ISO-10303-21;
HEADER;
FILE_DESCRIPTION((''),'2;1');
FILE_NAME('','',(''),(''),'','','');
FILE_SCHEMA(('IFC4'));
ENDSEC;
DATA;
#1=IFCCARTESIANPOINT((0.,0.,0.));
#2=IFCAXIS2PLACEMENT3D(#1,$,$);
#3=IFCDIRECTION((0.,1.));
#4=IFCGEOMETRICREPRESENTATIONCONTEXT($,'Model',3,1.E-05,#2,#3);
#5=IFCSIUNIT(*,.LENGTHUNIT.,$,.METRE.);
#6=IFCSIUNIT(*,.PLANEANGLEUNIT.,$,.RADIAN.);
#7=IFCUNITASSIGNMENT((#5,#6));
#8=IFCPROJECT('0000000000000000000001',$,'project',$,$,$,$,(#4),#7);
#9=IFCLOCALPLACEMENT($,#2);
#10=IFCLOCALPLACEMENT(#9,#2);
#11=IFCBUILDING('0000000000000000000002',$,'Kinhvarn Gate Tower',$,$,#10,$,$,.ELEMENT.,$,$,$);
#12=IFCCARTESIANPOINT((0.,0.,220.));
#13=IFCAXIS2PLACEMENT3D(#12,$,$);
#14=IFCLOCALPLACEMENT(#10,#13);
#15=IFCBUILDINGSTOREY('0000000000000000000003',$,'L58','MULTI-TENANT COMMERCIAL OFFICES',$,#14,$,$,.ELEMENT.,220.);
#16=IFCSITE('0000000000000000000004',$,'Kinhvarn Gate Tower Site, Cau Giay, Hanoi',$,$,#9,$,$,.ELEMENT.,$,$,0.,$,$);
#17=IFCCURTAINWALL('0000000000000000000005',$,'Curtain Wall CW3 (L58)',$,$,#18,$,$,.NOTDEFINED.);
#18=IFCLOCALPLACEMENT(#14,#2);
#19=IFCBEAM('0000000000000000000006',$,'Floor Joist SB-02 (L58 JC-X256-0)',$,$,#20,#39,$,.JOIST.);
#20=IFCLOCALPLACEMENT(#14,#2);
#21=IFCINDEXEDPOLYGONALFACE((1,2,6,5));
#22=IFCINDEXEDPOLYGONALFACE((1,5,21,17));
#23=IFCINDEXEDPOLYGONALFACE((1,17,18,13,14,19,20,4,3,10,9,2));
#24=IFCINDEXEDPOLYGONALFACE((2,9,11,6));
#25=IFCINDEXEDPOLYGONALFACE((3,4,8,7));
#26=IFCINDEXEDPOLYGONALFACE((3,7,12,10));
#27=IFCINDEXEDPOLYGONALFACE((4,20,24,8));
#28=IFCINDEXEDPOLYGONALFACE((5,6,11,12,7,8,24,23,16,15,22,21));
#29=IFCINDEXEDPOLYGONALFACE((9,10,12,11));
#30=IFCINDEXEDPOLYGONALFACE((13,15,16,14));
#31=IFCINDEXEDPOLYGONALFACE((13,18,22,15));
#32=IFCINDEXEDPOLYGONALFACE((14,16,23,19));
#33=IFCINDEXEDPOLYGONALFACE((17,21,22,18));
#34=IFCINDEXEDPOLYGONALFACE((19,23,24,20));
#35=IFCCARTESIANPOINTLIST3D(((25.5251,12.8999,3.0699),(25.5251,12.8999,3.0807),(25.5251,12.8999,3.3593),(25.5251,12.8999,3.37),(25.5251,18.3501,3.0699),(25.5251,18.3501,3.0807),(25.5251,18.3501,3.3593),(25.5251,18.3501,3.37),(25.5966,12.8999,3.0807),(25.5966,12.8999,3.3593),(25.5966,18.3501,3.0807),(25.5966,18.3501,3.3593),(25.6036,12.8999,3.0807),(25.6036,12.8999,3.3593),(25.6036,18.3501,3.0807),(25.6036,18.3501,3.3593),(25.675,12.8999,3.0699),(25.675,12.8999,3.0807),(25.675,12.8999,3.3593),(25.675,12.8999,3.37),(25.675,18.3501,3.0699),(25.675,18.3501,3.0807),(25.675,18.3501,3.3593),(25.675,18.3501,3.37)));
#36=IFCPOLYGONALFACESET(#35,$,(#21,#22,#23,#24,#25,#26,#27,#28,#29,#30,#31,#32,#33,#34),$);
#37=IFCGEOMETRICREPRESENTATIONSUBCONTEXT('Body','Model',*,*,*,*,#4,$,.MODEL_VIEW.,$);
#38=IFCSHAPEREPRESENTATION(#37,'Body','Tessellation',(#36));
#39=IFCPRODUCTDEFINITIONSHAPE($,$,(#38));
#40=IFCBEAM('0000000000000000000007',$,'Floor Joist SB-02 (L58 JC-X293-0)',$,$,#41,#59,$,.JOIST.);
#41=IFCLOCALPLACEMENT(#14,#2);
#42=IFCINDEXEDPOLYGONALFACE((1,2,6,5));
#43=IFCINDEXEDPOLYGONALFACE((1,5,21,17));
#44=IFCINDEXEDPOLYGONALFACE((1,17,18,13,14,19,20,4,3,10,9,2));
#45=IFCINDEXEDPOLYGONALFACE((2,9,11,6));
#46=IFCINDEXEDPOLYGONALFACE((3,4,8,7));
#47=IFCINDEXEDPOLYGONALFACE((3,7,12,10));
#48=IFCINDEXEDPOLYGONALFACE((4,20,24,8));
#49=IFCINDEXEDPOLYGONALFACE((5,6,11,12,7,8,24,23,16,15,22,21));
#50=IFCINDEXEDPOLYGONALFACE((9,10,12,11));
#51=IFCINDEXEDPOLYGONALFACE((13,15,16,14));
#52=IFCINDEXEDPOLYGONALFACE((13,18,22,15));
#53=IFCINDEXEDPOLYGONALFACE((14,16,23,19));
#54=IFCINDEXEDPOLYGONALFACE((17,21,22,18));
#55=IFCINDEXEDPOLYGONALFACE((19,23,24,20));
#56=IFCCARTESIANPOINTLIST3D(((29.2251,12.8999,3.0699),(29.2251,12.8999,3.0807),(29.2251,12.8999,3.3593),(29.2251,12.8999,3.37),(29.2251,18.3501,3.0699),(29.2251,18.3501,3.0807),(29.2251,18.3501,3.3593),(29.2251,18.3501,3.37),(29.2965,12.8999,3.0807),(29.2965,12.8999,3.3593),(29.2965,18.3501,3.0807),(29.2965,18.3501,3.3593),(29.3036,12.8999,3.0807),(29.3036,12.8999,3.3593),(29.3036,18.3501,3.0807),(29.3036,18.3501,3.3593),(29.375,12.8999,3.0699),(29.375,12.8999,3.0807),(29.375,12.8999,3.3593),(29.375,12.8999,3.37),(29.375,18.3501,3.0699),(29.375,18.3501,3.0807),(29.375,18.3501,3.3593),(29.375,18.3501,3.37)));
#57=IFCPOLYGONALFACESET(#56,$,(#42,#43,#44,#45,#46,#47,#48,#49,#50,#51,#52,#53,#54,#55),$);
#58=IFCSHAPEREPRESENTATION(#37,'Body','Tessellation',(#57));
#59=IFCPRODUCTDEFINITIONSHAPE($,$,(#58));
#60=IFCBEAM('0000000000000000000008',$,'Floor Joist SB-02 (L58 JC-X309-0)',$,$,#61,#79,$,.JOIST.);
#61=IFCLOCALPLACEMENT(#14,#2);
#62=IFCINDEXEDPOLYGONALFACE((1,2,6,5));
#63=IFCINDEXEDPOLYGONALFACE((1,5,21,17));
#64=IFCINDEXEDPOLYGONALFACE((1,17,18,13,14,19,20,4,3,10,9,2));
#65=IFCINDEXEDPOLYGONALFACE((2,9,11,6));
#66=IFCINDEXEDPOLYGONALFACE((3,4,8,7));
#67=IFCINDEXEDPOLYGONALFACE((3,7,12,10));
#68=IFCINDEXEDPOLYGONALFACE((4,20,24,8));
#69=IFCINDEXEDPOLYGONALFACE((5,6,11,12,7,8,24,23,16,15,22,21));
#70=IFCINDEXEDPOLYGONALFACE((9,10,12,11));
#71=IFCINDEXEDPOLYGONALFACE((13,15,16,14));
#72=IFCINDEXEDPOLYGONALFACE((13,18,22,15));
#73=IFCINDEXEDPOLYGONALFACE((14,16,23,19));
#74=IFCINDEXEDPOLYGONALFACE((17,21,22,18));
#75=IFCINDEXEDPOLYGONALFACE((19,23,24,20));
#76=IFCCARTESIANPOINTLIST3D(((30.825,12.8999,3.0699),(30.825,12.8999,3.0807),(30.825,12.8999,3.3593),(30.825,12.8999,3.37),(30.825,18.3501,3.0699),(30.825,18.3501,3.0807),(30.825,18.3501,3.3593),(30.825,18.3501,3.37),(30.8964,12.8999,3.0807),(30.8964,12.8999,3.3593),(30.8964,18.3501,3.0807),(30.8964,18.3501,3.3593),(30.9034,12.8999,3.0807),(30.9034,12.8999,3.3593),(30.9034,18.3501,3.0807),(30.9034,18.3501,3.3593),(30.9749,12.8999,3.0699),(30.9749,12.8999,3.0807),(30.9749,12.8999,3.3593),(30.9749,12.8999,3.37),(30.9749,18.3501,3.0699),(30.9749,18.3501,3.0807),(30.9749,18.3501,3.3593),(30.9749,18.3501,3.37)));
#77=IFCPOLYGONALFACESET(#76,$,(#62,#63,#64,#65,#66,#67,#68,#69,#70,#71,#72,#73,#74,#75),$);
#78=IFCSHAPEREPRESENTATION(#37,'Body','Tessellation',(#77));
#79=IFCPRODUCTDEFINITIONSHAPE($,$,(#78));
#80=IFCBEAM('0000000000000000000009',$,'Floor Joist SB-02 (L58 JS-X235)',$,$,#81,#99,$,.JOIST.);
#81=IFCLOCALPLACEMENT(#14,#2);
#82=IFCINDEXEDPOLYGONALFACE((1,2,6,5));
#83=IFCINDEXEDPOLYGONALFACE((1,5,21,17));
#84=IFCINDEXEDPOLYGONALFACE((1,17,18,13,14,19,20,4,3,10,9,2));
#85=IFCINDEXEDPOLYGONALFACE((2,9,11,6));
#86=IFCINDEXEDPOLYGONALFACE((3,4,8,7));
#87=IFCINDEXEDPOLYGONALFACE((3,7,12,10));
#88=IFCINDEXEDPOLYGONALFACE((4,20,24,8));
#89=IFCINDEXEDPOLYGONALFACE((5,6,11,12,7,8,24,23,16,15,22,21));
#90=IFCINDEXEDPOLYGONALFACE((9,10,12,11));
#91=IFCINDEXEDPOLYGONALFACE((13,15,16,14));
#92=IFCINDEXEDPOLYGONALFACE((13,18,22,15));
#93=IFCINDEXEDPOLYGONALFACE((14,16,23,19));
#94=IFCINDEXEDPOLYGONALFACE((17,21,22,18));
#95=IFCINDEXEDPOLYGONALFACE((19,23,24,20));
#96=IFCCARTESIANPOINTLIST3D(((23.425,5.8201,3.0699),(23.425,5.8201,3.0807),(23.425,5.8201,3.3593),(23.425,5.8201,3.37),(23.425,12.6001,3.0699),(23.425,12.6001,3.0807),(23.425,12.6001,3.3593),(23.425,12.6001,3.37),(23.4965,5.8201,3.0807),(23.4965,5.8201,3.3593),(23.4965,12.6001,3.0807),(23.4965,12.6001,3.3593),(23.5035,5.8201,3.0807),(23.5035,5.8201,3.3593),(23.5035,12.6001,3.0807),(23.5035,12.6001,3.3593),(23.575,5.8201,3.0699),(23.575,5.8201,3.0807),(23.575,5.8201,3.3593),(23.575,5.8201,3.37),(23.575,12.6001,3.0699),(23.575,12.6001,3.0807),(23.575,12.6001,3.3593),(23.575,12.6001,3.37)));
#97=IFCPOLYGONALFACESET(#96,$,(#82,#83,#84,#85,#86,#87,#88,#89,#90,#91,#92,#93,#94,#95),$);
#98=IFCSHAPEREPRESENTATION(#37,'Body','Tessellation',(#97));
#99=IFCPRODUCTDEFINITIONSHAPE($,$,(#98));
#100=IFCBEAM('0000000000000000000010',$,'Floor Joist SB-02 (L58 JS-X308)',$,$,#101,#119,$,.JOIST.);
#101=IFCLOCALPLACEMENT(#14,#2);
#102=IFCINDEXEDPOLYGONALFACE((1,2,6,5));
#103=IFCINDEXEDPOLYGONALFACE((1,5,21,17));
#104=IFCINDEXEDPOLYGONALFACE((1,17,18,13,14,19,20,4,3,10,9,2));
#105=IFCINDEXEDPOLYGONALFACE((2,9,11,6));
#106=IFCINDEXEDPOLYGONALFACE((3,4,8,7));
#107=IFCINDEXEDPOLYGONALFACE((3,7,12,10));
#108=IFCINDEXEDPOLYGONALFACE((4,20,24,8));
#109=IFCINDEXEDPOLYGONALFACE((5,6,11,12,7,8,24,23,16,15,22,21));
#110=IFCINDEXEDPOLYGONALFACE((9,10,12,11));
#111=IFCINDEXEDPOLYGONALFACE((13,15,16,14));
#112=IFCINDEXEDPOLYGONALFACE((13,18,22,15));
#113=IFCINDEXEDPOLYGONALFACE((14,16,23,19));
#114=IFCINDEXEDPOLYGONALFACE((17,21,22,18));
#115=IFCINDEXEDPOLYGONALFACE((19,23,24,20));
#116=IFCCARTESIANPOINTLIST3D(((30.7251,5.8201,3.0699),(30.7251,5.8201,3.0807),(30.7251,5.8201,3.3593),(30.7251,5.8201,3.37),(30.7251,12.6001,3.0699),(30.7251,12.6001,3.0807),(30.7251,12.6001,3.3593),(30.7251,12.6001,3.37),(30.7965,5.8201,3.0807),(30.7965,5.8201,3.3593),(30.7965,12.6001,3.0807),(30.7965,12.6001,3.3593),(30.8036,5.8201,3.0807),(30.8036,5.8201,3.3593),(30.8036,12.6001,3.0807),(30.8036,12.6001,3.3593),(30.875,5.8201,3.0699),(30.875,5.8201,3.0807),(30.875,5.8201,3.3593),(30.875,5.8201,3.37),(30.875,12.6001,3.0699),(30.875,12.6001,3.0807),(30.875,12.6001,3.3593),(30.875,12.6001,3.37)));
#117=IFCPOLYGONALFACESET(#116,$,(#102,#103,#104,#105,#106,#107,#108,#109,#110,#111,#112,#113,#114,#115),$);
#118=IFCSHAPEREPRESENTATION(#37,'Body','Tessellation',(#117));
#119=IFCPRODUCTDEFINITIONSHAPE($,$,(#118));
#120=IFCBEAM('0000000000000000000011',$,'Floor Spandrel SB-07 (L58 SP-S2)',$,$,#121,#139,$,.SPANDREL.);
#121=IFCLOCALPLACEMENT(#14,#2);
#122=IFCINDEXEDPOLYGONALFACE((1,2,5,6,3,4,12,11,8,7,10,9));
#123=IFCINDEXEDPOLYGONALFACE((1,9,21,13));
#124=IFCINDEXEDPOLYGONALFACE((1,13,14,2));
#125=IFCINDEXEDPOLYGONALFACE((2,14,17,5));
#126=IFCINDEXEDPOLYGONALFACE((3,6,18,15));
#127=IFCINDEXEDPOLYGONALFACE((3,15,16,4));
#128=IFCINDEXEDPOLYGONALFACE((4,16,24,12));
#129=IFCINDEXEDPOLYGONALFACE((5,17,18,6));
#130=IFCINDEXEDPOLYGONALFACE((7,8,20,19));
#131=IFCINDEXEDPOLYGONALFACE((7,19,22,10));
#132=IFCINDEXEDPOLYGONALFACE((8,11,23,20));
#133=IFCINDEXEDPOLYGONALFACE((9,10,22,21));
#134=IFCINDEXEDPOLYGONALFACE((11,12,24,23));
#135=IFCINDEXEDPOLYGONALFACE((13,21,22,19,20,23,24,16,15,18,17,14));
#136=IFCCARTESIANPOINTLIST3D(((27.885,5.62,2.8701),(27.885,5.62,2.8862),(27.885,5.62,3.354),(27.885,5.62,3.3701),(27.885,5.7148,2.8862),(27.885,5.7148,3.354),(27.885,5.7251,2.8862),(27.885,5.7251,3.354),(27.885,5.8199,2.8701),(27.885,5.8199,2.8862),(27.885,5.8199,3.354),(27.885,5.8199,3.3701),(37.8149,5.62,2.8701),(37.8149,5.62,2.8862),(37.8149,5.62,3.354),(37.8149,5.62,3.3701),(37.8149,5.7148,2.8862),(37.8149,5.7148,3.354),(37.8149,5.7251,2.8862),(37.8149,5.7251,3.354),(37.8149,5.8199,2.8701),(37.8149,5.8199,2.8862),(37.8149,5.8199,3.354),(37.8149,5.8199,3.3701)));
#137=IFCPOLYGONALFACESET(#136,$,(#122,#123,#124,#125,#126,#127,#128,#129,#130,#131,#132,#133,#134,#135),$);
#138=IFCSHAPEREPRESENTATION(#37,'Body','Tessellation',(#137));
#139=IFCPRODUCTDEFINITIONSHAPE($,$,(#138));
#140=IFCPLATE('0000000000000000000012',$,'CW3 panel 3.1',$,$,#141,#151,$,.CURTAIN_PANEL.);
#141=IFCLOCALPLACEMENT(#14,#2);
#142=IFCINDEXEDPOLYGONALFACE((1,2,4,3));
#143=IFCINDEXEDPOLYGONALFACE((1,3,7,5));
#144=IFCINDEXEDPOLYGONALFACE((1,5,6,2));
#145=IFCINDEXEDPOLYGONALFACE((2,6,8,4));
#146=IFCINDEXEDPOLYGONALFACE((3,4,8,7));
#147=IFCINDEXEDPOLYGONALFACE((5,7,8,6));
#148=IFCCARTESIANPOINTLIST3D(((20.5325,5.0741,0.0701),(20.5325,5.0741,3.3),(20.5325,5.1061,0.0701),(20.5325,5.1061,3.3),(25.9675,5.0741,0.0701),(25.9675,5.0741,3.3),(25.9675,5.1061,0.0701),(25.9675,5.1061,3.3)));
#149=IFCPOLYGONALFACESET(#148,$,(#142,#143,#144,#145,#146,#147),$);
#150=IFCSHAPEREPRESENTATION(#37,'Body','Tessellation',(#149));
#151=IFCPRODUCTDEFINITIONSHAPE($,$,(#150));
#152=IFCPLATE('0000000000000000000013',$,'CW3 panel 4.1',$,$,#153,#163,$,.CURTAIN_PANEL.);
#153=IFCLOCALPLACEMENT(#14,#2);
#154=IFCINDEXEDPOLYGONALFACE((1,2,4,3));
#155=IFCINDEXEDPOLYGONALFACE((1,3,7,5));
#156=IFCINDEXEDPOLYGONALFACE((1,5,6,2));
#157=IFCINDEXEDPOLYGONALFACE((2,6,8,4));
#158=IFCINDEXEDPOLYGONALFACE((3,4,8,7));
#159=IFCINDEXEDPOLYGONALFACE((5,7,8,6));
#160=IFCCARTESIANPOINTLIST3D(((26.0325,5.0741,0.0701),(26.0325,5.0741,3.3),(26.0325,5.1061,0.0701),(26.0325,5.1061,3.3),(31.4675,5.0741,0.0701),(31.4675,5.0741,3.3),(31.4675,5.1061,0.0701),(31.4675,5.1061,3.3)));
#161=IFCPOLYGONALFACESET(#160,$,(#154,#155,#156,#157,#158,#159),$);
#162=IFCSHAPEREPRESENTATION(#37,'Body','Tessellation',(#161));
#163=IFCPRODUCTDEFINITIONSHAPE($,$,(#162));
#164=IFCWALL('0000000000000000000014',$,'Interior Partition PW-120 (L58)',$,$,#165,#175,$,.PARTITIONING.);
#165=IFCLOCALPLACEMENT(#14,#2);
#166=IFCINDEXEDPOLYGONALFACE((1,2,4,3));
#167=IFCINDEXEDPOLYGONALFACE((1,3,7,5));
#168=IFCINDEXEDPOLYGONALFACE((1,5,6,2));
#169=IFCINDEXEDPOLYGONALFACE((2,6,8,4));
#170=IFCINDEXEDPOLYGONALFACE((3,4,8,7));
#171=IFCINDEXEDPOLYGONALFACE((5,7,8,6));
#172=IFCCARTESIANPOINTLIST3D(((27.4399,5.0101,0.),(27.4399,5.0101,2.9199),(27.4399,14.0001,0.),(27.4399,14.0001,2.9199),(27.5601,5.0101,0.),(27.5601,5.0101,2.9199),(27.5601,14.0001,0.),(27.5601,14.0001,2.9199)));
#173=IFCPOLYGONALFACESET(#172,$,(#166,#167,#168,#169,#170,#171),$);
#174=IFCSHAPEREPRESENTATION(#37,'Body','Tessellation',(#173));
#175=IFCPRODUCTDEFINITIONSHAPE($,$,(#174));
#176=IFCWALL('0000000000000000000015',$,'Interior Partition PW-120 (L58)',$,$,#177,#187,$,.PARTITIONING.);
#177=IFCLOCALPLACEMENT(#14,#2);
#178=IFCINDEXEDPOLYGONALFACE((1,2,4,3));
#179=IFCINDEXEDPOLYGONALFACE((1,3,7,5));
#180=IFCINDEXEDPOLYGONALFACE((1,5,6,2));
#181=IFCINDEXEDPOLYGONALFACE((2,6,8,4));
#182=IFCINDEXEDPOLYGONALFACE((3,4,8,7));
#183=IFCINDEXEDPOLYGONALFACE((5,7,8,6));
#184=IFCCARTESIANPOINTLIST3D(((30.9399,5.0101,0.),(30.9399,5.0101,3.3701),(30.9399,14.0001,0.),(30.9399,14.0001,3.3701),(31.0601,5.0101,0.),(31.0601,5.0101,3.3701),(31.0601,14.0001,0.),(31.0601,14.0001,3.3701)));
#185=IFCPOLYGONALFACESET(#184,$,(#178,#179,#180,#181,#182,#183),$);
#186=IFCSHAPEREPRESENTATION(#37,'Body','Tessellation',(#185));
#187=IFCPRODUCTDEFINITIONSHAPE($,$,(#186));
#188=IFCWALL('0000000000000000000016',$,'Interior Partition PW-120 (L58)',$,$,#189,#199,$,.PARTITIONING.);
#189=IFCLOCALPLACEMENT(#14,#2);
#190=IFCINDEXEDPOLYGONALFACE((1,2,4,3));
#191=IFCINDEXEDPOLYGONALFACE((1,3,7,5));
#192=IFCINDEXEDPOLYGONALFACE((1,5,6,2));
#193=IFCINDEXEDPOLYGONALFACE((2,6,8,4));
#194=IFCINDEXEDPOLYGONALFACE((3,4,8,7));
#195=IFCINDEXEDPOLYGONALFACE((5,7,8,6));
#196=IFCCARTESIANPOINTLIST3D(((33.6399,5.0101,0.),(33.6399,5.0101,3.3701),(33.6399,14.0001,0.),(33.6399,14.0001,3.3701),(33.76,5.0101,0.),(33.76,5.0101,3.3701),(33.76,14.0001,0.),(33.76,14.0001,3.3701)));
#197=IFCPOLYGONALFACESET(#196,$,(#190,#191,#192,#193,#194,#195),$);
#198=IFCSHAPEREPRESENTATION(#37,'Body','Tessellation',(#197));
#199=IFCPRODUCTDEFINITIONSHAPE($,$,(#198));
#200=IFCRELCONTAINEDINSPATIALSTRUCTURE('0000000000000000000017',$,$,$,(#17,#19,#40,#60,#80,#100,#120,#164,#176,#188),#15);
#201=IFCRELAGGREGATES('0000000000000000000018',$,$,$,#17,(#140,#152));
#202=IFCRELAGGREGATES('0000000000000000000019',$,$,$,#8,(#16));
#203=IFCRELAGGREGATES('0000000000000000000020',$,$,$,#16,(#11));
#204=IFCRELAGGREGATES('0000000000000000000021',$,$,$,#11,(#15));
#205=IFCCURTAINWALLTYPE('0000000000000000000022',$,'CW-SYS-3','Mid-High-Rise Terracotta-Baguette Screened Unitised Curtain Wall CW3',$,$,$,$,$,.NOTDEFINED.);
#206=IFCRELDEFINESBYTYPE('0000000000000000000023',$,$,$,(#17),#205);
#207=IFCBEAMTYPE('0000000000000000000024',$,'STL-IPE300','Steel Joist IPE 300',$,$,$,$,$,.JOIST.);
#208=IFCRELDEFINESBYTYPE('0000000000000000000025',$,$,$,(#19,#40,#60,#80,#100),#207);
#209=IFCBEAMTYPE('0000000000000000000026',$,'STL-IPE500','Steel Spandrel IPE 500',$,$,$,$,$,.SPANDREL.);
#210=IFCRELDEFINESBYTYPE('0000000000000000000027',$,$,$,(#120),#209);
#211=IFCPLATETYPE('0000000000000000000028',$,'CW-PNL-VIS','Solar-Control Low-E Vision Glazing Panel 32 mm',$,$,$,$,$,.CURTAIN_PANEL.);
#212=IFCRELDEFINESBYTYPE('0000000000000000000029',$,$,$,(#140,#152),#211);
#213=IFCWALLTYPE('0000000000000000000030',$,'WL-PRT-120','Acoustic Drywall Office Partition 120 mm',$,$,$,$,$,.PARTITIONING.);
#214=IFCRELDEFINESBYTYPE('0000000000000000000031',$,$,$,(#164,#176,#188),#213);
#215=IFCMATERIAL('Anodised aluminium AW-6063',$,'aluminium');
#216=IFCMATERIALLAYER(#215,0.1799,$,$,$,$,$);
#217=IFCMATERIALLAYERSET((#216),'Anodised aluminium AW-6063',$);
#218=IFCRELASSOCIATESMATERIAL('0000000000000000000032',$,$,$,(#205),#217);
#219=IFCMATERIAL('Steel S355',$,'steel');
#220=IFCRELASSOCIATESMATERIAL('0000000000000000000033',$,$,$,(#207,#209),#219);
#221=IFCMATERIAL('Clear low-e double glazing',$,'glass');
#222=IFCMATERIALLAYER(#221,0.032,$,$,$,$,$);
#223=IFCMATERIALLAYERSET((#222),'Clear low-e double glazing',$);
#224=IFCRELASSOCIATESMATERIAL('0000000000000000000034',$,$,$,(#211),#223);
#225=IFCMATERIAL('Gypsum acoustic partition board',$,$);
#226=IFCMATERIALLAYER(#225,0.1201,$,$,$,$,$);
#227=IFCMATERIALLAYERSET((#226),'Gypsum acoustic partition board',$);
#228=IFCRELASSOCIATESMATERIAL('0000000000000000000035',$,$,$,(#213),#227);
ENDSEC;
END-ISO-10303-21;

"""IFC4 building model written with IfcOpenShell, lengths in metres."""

from ifc_helpers import new_model, si_unit, direction, frame, frame_2d, origin, origin_2d, place, context, subcontext, project, spatial, rectangle, i_section, extrude, material, layer, layer_set, material_profile, profile_set, type_object, element, aggregate, save


model = new_model("IFC4")

# Units and contexts
model_context = context("Model", 3, precision=1e-05, world=origin(), true_north=direction((0.0, 1.0)))
body_context = subcontext(model_context, "Body", "Model", "MODEL_VIEW")
ifc_project = project(units=[si_unit("LENGTHUNIT", "METRE"), si_unit("PLANEANGLEUNIT", "RADIAN")], contexts=[model_context])

# Site, building, storey
site_placement = place(None, origin())
site = spatial("IfcSite", under=ifc_project, at=site_placement, Name="Kinhvarn Gate Tower Site, Cau Giay, Hanoi", CompositionType="ELEMENT", RefElevation=0.0)
building_placement = place(site_placement, origin())
building = spatial("IfcBuilding", under=site, at=building_placement, Name="Kinhvarn Gate Tower", CompositionType="ELEMENT")
storey_placement = place(building_placement, frame((0.0, 0.0, 220.0)))
storey = spatial("IfcBuildingStorey", under=building, at=storey_placement, Name="L58", Description="MULTI-TENANT COMMERCIAL OFFICES", CompositionType="ELEMENT", Elevation=220.0)

# Curtain wall
ifc_material_1 = material(Name="Anodised aluminium AW-6063", Category="aluminium")
ifc_layer_1 = layer(ifc_material_1, 0.1799)
ifc_layer_set_1 = layer_set([ifc_layer_1], Name="Anodised aluminium AW-6063")
curtain_wall_type = type_object("IfcCurtainWallType", Name="CW-SYS-3", Description="Mid-High-Rise Terracotta-Baguette Screened Unitised Curtain Wall CW3", PredefinedType="NOTDEFINED", material=ifc_layer_set_1)
curtain_wall_placement = place(storey_placement, origin())
curtain_wall = element("IfcCurtainWall", 1, at=curtain_wall_placement, inside=storey, type_object=curtain_wall_type, Name="Curtain Wall CW3 (L58)", PredefinedType="NOTDEFINED")

# Beams
ifc_material_2 = material(Name="Steel S355", Category="steel")
ifc_material_profile_1 = material_profile(ifc_material_2, i_section(OverallWidth=0.1499, OverallDepth=0.3, WebThickness=0.0071, FlangeThickness=0.0107, at=origin_2d()), Name="IPE 300")
ifc_profile_set_1 = profile_set([ifc_material_profile_1], Name="Steel S355")
beam_type_1 = type_object("IfcBeamType", Name="STL-IPE300", Description="Steel Joist IPE 300", PredefinedType="JOIST", material=ifc_profile_set_1)
for number, where, z_axis, x_axis, name in (
    (2, (25.6001, 12.8999, 3.22), (0.0, 1.0, 0.0), (-1.0, 0.0, 0.0), "Floor Joist SB-02 (L58 JC-X256-0)"),
    (3, (29.3, 12.8999, 3.22), (0.0, 1.0, 0.0), (-1.0, 0.0, 0.0), "Floor Joist SB-02 (L58 JC-X293-0)"),
    (4, (30.8999, 12.8999, 3.22), (0.0, 1.0, 0.0), (-1.0, 0.0, 0.0), "Floor Joist SB-02 (L58 JC-X309-0)"),
):
    element("IfcBeam", number, at=place(storey_placement, frame(where, z_axis=z_axis, x_axis=x_axis)), inside=storey, type_object=beam_type_1, Name=name, PredefinedType="JOIST", context=body_context, shape_type="SweptSolid", body=[
        extrude(i_section(OverallWidth=0.1499, OverallDepth=0.3, WebThickness=0.0071, FlangeThickness=0.0107, at=origin_2d()), origin(), (0.0, 0.0, 1.0), 5.4502),
    ])
for number, where, z_axis, x_axis, name in (
    (5, (23.5, 5.8201, 3.22), (0.0, 1.0, 0.0), (-1.0, 0.0, 0.0), "Floor Joist SB-02 (L58 JS-X235)"),
    (6, (30.8, 5.8201, 3.22), (0.0, 1.0, 0.0), (-1.0, 0.0, 0.0), "Floor Joist SB-02 (L58 JS-X308)"),
):
    element("IfcBeam", number, at=place(storey_placement, frame(where, z_axis=z_axis, x_axis=x_axis)), inside=storey, type_object=beam_type_1, Name=name, PredefinedType="JOIST", context=body_context, shape_type="SweptSolid", body=[
        extrude(i_section(OverallWidth=0.1499, OverallDepth=0.3, WebThickness=0.0071, FlangeThickness=0.0107, at=origin_2d()), origin(), (0.0, 0.0, 1.0), 6.78),
    ])
ifc_material_profile_2 = material_profile(ifc_material_2, i_section(OverallWidth=0.2, OverallDepth=0.5, WebThickness=0.0103, FlangeThickness=0.0161, at=origin_2d()), Name="IPE 500")
ifc_profile_set_2 = profile_set([ifc_material_profile_2], Name="Steel S355")
beam_type_2 = type_object("IfcBeamType", Name="STL-IPE500", Description="Steel Spandrel IPE 500", PredefinedType="SPANDREL", material=ifc_profile_set_2)
beam_1_placement = place(storey_placement, frame((27.885, 5.72, 3.1201), z_axis=(1.0, 0.0, 0.0), x_axis=(0.0, 1.0, 0.0)))
element("IfcBeam", 7, at=beam_1_placement, inside=storey, type_object=beam_type_2, Name="Floor Spandrel SB-07 (L58 SP-S2)", PredefinedType="SPANDREL", context=body_context, shape_type="SweptSolid", body=[
    extrude(i_section(OverallWidth=0.2, OverallDepth=0.5, WebThickness=0.0103, FlangeThickness=0.0161, at=origin_2d()), origin(), (0.0, 0.0, 1.0), 9.9299),
])

# Plates
ifc_material_3 = material(Name="Clear low-e double glazing", Category="glass")
ifc_layer_2 = layer(ifc_material_3, 0.032)
ifc_layer_set_2 = layer_set([ifc_layer_2], Name="Clear low-e double glazing")
plate_type = type_object("IfcPlateType", Name="CW-PNL-VIS", Description="Solar-Control Low-E Vision Glazing Panel 32 mm", PredefinedType="CURTAIN_PANEL", material=ifc_layer_set_2)
plate_1_placement = place(storey_placement, frame((23.25, 5.0901, 0.0701), z_axis=(0.0, 0.0, 1.0), x_axis=(1.0, 0.0, 0.0)))
plate_1 = element("IfcPlate", 8, at=plate_1_placement, type_object=plate_type, Name="CW3 panel 3.1", PredefinedType="CURTAIN_PANEL", context=body_context, shape_type="SweptSolid", body=[
    extrude(rectangle(XDim=5.4351, YDim=0.032, at=origin_2d()), origin(), (0.0, 0.0, 1.0), 3.23),
])
plate_2_placement = place(storey_placement, frame((28.75, 5.0901, 0.0701), z_axis=(0.0, 0.0, 1.0), x_axis=(1.0, 0.0, 0.0)))
plate_2 = element("IfcPlate", 9, at=plate_2_placement, type_object=plate_type, Name="CW3 panel 4.1", PredefinedType="CURTAIN_PANEL", context=body_context, shape_type="SweptSolid", body=[
    extrude(rectangle(XDim=5.4351, YDim=0.032, at=origin_2d()), origin(), (0.0, 0.0, 1.0), 3.23),
])
aggregate(curtain_wall, [plate_1, plate_2])

# Walls
ifc_material_4 = material(Name="Gypsum acoustic partition board")
ifc_layer_3 = layer(ifc_material_4, 0.1201)
ifc_layer_set_3 = layer_set([ifc_layer_3], Name="Gypsum acoustic partition board")
wall_type = type_object("IfcWallType", Name="WL-PRT-120", Description="Acoustic Drywall Office Partition 120 mm", PredefinedType="PARTITIONING", material=ifc_layer_set_3)
wall_placement = place(storey_placement, frame((27.5, 5.01, 0.0), z_axis=(0.0, 0.0, 1.0), x_axis=(0.0, 1.0, 0.0)))
element("IfcWall", 10, at=wall_placement, inside=storey, type_object=wall_type, Name="Interior Partition PW-120 (L58)", PredefinedType="PARTITIONING", context=body_context, shape_type="SweptSolid", body=[
    extrude(rectangle(XDim=8.99, YDim=0.1201, at=frame_2d((4.4951, 0.0))), origin(), (0.0, 0.0, 1.0), 2.9199),
])
for number, where, z_axis, x_axis, name in (
    (11, (31.0, 5.01, 0.0), (0.0, 0.0, 1.0), (0.0, 1.0, 0.0), "Interior Partition PW-120 (L58)"),
    (12, (33.7, 5.01, 0.0), (0.0, 0.0, 1.0), (0.0, 1.0, 0.0), "Interior Partition PW-120 (L58)"),
):
    element("IfcWall", number, at=place(storey_placement, frame(where, z_axis=z_axis, x_axis=x_axis)), inside=storey, type_object=wall_type, Name=name, PredefinedType="PARTITIONING", context=body_context, shape_type="SweptSolid", body=[
        extrude(rectangle(XDim=8.99, YDim=0.1201, at=frame_2d((4.4951, 0.0))), origin(), (0.0, 0.0, 1.0), 3.3701),
    ])

save(model, "model.ifc")
